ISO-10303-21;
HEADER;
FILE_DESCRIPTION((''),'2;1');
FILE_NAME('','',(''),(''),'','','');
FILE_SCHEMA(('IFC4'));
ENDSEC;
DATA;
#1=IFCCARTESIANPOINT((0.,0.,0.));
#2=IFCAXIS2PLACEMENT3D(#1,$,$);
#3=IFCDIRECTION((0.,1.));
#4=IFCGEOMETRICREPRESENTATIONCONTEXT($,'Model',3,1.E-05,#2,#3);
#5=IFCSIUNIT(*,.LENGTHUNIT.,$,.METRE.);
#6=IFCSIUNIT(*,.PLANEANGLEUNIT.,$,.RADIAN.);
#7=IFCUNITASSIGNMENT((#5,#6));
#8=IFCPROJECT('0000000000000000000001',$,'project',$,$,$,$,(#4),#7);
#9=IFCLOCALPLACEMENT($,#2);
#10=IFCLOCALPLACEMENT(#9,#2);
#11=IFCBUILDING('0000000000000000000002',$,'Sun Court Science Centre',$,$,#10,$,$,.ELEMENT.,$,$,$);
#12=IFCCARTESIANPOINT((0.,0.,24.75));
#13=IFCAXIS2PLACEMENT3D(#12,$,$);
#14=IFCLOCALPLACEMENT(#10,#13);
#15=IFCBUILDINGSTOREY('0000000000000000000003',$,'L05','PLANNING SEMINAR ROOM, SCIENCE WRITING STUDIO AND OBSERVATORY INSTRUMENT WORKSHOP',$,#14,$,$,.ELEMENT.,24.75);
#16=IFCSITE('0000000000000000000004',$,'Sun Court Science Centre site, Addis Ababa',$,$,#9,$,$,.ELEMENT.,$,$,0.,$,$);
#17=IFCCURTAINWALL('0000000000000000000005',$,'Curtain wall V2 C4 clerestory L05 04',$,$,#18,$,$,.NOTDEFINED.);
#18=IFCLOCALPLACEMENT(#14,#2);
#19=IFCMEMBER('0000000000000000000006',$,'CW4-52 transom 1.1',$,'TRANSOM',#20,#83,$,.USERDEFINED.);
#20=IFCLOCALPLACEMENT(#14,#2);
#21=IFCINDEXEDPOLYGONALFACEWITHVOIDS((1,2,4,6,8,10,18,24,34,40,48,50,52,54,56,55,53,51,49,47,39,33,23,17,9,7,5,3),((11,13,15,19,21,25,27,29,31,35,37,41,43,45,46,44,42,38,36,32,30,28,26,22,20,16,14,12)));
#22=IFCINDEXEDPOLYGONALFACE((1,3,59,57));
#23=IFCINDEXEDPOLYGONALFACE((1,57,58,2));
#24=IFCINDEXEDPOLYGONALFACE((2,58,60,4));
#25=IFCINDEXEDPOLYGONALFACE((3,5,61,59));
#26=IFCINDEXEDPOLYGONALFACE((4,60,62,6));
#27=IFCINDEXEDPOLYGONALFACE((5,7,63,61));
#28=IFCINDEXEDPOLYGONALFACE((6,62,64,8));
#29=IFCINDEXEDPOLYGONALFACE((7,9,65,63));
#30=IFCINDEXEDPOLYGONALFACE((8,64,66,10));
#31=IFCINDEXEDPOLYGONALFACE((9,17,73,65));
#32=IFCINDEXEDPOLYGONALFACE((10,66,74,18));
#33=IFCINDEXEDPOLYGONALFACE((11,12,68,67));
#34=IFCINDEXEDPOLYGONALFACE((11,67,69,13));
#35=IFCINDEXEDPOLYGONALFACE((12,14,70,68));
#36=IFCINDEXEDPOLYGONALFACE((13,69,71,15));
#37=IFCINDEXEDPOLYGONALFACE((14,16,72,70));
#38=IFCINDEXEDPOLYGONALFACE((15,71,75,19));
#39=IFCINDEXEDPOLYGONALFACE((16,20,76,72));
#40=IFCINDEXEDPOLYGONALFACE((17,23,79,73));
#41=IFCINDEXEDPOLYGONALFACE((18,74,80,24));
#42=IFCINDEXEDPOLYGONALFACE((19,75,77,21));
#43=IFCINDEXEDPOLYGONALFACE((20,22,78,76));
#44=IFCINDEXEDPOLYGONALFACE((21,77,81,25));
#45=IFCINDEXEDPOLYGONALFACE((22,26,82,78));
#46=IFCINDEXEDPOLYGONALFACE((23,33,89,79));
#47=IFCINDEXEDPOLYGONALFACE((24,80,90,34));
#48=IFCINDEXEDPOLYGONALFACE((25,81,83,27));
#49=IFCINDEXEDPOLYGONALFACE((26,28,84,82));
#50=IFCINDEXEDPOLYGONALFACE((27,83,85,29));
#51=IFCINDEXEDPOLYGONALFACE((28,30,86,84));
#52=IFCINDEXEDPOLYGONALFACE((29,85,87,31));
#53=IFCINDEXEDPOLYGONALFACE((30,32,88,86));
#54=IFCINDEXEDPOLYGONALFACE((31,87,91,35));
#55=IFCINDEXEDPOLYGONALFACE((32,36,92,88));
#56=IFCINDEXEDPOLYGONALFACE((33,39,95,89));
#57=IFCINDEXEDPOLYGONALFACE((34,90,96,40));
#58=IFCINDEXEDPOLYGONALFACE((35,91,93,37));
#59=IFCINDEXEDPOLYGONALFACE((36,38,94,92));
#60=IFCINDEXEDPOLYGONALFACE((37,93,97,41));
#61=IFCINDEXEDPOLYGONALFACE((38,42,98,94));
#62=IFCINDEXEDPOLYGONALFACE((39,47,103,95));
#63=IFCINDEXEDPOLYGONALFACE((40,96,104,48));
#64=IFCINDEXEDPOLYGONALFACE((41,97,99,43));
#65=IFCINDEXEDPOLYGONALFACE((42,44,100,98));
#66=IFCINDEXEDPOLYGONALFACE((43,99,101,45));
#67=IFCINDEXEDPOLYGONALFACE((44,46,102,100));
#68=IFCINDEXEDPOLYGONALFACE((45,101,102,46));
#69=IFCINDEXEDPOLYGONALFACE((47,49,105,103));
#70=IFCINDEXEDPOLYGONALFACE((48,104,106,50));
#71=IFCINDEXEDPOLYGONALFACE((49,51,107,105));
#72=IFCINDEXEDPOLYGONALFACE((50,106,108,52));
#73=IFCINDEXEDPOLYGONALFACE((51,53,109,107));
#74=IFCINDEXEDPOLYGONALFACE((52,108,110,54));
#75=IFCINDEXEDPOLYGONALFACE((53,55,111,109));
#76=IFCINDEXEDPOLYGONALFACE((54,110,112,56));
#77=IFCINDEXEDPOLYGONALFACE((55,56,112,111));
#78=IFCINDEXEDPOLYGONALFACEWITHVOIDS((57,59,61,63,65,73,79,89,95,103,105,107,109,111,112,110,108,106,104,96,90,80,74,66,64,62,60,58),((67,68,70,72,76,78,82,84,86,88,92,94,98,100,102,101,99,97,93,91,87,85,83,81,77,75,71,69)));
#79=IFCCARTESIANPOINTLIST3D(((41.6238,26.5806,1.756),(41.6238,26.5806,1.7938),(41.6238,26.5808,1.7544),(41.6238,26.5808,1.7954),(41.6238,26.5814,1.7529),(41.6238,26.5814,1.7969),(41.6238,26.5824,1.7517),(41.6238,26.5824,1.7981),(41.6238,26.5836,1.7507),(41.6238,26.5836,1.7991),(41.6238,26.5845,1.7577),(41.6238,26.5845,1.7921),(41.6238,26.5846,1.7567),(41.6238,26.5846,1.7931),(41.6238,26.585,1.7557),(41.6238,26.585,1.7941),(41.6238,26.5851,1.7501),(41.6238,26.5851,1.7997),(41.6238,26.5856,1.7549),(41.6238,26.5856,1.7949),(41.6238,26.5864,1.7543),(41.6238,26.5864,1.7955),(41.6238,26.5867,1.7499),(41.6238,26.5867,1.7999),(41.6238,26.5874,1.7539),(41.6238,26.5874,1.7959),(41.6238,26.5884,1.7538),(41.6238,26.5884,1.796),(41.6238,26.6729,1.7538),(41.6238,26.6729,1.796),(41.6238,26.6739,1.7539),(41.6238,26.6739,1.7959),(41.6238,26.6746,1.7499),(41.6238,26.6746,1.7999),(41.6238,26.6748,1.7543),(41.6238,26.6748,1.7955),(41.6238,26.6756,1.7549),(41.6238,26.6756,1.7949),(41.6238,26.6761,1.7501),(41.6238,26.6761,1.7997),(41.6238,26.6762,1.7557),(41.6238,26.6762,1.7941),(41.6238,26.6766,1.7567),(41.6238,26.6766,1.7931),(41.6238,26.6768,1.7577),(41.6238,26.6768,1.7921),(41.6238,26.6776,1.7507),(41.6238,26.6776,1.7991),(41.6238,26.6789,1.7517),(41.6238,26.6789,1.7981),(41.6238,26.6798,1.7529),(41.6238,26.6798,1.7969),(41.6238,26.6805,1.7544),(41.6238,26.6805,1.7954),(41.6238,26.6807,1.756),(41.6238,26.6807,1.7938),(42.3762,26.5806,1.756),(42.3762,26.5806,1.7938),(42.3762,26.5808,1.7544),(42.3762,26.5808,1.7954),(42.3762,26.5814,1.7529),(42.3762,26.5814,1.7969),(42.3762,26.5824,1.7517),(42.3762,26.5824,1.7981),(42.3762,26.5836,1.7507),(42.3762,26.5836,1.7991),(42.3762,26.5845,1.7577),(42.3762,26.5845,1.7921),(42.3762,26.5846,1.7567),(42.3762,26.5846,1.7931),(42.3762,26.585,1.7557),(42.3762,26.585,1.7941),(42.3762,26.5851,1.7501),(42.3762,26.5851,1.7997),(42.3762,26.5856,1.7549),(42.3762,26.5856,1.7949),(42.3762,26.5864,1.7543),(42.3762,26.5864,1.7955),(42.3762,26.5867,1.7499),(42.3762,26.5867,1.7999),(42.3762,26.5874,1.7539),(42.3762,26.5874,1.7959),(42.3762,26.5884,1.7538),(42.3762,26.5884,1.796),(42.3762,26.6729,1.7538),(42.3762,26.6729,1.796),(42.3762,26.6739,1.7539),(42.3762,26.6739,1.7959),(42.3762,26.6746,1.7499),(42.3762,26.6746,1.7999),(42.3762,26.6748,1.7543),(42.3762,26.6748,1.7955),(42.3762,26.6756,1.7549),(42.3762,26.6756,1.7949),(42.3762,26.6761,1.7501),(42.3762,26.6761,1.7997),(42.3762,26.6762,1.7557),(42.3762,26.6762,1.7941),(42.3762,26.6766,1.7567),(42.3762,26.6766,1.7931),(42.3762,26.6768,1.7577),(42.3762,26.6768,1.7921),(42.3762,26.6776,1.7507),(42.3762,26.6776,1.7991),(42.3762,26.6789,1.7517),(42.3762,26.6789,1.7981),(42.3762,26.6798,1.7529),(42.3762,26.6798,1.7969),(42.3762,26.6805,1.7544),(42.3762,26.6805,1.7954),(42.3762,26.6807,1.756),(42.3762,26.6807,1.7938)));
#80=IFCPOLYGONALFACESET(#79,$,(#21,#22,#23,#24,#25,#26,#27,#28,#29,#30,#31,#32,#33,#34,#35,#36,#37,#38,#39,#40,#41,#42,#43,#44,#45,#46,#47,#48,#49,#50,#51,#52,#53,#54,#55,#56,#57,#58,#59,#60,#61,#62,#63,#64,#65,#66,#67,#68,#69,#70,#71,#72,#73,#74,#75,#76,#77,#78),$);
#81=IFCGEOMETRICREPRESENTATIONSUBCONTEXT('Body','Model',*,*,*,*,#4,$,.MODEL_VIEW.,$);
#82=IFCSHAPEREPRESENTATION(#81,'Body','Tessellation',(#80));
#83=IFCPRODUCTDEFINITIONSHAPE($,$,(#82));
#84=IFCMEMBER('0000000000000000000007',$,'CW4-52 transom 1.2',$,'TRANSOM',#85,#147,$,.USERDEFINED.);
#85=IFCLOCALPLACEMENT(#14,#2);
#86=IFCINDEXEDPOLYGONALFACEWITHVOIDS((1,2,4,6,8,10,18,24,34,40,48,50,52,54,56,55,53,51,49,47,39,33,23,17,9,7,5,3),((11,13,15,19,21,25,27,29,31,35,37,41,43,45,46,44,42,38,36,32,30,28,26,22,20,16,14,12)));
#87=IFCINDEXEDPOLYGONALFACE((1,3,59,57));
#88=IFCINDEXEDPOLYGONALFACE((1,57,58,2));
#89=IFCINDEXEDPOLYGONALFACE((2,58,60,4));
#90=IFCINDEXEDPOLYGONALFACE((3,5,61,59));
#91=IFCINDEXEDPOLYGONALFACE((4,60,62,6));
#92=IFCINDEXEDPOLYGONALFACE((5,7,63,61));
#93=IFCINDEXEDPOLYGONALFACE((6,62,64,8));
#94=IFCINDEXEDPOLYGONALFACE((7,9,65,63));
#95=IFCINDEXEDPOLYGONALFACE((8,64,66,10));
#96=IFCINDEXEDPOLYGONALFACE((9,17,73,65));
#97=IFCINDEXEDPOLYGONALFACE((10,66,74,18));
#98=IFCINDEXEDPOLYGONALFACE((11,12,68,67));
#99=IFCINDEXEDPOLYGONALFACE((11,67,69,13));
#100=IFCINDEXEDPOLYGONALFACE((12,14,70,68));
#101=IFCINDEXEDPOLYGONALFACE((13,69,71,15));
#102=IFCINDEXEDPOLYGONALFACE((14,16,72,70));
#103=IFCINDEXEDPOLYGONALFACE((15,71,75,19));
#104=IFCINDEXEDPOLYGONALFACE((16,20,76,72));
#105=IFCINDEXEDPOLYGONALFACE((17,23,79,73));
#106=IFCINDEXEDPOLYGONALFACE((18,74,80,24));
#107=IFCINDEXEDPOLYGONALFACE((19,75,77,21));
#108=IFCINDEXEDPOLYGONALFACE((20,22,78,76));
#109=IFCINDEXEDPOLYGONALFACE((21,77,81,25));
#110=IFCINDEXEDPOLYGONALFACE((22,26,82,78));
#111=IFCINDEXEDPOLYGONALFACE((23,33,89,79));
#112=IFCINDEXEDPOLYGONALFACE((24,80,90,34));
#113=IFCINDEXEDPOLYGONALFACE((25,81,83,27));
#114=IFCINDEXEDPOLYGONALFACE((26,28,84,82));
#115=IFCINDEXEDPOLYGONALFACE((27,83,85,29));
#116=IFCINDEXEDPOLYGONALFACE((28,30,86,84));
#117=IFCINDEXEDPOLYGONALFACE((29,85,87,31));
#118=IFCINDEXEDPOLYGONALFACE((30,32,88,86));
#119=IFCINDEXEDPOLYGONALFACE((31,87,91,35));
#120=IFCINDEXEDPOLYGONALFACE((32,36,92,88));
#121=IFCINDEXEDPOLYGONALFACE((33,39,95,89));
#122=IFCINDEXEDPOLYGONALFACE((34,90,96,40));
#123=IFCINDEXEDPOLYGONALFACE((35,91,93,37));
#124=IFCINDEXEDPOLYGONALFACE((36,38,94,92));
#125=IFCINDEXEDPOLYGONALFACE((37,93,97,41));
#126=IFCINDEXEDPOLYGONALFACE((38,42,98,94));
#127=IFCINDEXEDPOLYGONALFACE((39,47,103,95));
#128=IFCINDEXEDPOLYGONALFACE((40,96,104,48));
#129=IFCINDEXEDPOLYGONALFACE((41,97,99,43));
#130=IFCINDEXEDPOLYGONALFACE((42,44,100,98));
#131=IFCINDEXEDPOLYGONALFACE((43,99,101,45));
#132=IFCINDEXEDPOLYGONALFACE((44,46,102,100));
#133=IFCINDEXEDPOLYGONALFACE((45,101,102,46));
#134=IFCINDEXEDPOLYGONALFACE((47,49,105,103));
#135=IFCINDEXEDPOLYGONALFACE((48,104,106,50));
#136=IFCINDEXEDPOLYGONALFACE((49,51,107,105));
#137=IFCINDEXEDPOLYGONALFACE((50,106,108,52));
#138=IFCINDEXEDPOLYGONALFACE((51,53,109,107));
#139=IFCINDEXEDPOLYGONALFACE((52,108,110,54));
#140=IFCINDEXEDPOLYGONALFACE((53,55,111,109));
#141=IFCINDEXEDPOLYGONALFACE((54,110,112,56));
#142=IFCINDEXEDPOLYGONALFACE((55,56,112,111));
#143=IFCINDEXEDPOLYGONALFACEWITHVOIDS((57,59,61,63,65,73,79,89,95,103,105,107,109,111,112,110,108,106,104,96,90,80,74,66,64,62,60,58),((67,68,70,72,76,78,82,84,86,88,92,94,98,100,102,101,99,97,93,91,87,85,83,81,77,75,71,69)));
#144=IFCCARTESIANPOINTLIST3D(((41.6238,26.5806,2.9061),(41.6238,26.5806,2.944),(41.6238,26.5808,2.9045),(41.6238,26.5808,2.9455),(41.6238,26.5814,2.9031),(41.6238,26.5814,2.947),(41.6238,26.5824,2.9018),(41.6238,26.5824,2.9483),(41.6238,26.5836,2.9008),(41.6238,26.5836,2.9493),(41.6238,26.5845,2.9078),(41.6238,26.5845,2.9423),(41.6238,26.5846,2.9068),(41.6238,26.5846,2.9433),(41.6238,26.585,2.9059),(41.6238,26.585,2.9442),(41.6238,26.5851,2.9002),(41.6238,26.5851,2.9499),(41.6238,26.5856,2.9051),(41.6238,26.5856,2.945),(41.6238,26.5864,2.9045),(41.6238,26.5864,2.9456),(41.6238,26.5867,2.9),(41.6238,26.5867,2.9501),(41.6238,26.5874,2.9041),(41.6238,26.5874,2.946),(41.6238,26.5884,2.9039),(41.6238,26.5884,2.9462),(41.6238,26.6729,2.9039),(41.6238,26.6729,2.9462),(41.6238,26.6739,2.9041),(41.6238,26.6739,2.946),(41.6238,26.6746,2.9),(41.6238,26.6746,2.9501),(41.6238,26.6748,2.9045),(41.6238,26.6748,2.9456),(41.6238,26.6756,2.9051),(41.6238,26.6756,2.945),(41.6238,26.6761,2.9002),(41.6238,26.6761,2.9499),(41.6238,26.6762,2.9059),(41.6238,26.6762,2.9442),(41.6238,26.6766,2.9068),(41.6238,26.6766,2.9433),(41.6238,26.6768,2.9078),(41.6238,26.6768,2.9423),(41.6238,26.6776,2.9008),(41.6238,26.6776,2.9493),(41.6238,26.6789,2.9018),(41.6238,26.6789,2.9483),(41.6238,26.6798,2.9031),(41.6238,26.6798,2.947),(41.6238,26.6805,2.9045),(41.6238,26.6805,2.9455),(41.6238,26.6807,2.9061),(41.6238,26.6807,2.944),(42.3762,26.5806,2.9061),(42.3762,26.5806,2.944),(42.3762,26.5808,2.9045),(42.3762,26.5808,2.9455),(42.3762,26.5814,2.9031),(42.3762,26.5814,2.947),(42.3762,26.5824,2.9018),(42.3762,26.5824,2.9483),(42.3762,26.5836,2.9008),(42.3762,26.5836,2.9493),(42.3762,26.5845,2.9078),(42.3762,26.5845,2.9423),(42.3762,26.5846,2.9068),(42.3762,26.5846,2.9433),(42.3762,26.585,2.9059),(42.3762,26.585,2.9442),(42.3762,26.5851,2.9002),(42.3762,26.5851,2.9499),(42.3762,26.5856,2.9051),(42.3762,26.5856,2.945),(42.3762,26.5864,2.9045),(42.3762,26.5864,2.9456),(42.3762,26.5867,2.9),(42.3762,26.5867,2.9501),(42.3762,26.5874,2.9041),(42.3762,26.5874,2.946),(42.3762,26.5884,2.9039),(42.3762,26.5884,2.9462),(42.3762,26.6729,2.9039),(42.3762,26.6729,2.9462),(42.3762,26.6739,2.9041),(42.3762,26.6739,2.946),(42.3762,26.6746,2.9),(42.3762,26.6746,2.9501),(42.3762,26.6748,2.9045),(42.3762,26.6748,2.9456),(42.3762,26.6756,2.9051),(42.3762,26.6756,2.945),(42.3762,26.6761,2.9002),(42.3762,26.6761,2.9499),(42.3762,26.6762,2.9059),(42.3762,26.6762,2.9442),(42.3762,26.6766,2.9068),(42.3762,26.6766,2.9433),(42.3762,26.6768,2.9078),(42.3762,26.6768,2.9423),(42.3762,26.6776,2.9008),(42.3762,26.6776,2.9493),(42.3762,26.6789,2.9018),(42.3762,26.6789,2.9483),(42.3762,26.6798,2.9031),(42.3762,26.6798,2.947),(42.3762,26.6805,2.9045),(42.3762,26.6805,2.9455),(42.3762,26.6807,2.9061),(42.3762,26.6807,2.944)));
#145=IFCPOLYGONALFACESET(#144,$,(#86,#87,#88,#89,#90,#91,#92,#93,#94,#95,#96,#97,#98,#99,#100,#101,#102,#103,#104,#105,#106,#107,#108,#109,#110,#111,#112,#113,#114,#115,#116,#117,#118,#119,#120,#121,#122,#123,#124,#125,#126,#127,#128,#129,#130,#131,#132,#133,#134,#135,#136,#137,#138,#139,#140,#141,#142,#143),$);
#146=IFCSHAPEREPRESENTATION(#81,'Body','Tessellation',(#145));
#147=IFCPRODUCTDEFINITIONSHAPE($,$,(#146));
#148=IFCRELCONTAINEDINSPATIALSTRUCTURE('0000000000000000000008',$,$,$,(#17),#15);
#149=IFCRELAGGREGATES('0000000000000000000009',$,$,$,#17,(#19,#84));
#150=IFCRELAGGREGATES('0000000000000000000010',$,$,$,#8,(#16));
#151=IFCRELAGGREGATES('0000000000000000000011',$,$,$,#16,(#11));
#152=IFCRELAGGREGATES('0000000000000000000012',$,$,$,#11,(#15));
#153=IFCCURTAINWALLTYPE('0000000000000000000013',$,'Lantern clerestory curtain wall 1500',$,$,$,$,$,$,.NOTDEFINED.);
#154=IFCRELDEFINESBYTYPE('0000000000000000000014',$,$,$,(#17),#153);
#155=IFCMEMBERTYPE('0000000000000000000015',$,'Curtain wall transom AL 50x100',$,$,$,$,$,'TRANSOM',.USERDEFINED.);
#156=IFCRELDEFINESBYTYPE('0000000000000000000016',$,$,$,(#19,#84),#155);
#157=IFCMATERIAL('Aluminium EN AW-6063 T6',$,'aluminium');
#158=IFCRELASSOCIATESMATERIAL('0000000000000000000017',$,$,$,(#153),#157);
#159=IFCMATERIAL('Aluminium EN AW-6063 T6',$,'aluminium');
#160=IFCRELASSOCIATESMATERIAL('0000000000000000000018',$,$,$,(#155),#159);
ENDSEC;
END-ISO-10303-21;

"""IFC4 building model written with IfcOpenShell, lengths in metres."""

from ifc_helpers import new_model, si_unit, direction, frame, origin, origin_2d, place, context, subcontext, project, spatial, hollow_rectangle, extrude, material, material_profile, profile_set, type_object, element, aggregate, save


model = new_model("IFC4")

# Units and contexts
model_context = context("Model", 3, precision=1e-05, world=origin(), true_north=direction((0.0, 1.0)))
body_context = subcontext(model_context, "Body", "Model", "MODEL_VIEW")
ifc_project = project(units=[si_unit("LENGTHUNIT", "METRE"), si_unit("PLANEANGLEUNIT", "RADIAN")], contexts=[model_context])

# Site, building, storey
site_placement = place(None, origin())
site = spatial("IfcSite", under=ifc_project, at=site_placement, Name="Sun Court Science Centre site, Addis Ababa", CompositionType="ELEMENT", RefElevation=0.0)
building_placement = place(site_placement, origin())
building = spatial("IfcBuilding", under=site, at=building_placement, Name="Sun Court Science Centre", CompositionType="ELEMENT")
storey_placement = place(building_placement, frame((0.0, 0.0, 24.75)))
storey = spatial("IfcBuildingStorey", under=building, at=storey_placement, Name="L05", Description="PLANNING SEMINAR ROOM, SCIENCE WRITING STUDIO AND OBSERVATORY INSTRUMENT WORKSHOP", CompositionType="ELEMENT", Elevation=24.75)

# Shared definitions
ifc_material_1 = material(Name="Aluminium EN AW-6063 T6", Category="aluminium")
curtain_wall_type = type_object("IfcCurtainWallType", Name="Lantern clerestory curtain wall 1500", PredefinedType="NOTDEFINED", material=ifc_material_1)

# Curtain wall
curtain_wall_1_placement = place(storey_placement, origin())
curtain_wall_1 = element("IfcCurtainWall", 1, at=curtain_wall_1_placement, inside=storey, type_object=curtain_wall_type, Name="Curtain wall V2 C4 clerestory L05 04", PredefinedType="NOTDEFINED")

# Members
ifc_material_2 = material(Name="Aluminium EN AW-6063 T6", Category="aluminium")
ifc_material_profile_1 = material_profile(ifc_material_2, hollow_rectangle(XDim=0.05, YDim=0.1001, WallThickness=0.0039, InnerFilletRadius=0.0039, OuterFilletRadius=0.0061, at=origin_2d()), Name="AL 50x100x4")
ifc_profile_set_1 = profile_set([ifc_material_profile_1], Name="Aluminium EN AW-6063 T6")
member_type_1 = type_object("IfcMemberType", Name="Curtain wall transom AL 50x100", ElementType="TRANSOM", PredefinedType="USERDEFINED", material=ifc_profile_set_1)
member_1_placement = place(storey_placement, frame((41.6238, 26.6306, 1.7749), z_axis=(1.0, 0.0, 0.0), x_axis=(0.0, 0.0, 1.0)))
member_1 = element("IfcMember", 2, at=member_1_placement, type_object=member_type_1, Name="CW4-52 transom 1.1", ObjectType="TRANSOM", PredefinedType="USERDEFINED", context=body_context, shape_type="SweptSolid", body=[
    extrude(hollow_rectangle(XDim=0.05, YDim=0.1001, WallThickness=0.0039, InnerFilletRadius=0.0039, OuterFilletRadius=0.0061, at=origin_2d()), origin(), (0.0, 0.0, 1.0), 0.7524),
])
member_2_placement = place(storey_placement, frame((41.6238, 26.6306, 2.925), z_axis=(1.0, 0.0, 0.0), x_axis=(0.0, 0.0, 1.0)))
member_2 = element("IfcMember", 3, at=member_2_placement, type_object=member_type_1, Name="CW4-52 transom 1.2", ObjectType="TRANSOM", PredefinedType="USERDEFINED", context=body_context, shape_type="SweptSolid", body=[
    extrude(hollow_rectangle(XDim=0.05, YDim=0.1001, WallThickness=0.0039, InnerFilletRadius=0.0039, OuterFilletRadius=0.0061, at=origin_2d()), origin(), (0.0, 0.0, 1.0), 0.7524),
])

aggregate(curtain_wall_1, [member_1, member_2])

save(model, "model.ifc")
